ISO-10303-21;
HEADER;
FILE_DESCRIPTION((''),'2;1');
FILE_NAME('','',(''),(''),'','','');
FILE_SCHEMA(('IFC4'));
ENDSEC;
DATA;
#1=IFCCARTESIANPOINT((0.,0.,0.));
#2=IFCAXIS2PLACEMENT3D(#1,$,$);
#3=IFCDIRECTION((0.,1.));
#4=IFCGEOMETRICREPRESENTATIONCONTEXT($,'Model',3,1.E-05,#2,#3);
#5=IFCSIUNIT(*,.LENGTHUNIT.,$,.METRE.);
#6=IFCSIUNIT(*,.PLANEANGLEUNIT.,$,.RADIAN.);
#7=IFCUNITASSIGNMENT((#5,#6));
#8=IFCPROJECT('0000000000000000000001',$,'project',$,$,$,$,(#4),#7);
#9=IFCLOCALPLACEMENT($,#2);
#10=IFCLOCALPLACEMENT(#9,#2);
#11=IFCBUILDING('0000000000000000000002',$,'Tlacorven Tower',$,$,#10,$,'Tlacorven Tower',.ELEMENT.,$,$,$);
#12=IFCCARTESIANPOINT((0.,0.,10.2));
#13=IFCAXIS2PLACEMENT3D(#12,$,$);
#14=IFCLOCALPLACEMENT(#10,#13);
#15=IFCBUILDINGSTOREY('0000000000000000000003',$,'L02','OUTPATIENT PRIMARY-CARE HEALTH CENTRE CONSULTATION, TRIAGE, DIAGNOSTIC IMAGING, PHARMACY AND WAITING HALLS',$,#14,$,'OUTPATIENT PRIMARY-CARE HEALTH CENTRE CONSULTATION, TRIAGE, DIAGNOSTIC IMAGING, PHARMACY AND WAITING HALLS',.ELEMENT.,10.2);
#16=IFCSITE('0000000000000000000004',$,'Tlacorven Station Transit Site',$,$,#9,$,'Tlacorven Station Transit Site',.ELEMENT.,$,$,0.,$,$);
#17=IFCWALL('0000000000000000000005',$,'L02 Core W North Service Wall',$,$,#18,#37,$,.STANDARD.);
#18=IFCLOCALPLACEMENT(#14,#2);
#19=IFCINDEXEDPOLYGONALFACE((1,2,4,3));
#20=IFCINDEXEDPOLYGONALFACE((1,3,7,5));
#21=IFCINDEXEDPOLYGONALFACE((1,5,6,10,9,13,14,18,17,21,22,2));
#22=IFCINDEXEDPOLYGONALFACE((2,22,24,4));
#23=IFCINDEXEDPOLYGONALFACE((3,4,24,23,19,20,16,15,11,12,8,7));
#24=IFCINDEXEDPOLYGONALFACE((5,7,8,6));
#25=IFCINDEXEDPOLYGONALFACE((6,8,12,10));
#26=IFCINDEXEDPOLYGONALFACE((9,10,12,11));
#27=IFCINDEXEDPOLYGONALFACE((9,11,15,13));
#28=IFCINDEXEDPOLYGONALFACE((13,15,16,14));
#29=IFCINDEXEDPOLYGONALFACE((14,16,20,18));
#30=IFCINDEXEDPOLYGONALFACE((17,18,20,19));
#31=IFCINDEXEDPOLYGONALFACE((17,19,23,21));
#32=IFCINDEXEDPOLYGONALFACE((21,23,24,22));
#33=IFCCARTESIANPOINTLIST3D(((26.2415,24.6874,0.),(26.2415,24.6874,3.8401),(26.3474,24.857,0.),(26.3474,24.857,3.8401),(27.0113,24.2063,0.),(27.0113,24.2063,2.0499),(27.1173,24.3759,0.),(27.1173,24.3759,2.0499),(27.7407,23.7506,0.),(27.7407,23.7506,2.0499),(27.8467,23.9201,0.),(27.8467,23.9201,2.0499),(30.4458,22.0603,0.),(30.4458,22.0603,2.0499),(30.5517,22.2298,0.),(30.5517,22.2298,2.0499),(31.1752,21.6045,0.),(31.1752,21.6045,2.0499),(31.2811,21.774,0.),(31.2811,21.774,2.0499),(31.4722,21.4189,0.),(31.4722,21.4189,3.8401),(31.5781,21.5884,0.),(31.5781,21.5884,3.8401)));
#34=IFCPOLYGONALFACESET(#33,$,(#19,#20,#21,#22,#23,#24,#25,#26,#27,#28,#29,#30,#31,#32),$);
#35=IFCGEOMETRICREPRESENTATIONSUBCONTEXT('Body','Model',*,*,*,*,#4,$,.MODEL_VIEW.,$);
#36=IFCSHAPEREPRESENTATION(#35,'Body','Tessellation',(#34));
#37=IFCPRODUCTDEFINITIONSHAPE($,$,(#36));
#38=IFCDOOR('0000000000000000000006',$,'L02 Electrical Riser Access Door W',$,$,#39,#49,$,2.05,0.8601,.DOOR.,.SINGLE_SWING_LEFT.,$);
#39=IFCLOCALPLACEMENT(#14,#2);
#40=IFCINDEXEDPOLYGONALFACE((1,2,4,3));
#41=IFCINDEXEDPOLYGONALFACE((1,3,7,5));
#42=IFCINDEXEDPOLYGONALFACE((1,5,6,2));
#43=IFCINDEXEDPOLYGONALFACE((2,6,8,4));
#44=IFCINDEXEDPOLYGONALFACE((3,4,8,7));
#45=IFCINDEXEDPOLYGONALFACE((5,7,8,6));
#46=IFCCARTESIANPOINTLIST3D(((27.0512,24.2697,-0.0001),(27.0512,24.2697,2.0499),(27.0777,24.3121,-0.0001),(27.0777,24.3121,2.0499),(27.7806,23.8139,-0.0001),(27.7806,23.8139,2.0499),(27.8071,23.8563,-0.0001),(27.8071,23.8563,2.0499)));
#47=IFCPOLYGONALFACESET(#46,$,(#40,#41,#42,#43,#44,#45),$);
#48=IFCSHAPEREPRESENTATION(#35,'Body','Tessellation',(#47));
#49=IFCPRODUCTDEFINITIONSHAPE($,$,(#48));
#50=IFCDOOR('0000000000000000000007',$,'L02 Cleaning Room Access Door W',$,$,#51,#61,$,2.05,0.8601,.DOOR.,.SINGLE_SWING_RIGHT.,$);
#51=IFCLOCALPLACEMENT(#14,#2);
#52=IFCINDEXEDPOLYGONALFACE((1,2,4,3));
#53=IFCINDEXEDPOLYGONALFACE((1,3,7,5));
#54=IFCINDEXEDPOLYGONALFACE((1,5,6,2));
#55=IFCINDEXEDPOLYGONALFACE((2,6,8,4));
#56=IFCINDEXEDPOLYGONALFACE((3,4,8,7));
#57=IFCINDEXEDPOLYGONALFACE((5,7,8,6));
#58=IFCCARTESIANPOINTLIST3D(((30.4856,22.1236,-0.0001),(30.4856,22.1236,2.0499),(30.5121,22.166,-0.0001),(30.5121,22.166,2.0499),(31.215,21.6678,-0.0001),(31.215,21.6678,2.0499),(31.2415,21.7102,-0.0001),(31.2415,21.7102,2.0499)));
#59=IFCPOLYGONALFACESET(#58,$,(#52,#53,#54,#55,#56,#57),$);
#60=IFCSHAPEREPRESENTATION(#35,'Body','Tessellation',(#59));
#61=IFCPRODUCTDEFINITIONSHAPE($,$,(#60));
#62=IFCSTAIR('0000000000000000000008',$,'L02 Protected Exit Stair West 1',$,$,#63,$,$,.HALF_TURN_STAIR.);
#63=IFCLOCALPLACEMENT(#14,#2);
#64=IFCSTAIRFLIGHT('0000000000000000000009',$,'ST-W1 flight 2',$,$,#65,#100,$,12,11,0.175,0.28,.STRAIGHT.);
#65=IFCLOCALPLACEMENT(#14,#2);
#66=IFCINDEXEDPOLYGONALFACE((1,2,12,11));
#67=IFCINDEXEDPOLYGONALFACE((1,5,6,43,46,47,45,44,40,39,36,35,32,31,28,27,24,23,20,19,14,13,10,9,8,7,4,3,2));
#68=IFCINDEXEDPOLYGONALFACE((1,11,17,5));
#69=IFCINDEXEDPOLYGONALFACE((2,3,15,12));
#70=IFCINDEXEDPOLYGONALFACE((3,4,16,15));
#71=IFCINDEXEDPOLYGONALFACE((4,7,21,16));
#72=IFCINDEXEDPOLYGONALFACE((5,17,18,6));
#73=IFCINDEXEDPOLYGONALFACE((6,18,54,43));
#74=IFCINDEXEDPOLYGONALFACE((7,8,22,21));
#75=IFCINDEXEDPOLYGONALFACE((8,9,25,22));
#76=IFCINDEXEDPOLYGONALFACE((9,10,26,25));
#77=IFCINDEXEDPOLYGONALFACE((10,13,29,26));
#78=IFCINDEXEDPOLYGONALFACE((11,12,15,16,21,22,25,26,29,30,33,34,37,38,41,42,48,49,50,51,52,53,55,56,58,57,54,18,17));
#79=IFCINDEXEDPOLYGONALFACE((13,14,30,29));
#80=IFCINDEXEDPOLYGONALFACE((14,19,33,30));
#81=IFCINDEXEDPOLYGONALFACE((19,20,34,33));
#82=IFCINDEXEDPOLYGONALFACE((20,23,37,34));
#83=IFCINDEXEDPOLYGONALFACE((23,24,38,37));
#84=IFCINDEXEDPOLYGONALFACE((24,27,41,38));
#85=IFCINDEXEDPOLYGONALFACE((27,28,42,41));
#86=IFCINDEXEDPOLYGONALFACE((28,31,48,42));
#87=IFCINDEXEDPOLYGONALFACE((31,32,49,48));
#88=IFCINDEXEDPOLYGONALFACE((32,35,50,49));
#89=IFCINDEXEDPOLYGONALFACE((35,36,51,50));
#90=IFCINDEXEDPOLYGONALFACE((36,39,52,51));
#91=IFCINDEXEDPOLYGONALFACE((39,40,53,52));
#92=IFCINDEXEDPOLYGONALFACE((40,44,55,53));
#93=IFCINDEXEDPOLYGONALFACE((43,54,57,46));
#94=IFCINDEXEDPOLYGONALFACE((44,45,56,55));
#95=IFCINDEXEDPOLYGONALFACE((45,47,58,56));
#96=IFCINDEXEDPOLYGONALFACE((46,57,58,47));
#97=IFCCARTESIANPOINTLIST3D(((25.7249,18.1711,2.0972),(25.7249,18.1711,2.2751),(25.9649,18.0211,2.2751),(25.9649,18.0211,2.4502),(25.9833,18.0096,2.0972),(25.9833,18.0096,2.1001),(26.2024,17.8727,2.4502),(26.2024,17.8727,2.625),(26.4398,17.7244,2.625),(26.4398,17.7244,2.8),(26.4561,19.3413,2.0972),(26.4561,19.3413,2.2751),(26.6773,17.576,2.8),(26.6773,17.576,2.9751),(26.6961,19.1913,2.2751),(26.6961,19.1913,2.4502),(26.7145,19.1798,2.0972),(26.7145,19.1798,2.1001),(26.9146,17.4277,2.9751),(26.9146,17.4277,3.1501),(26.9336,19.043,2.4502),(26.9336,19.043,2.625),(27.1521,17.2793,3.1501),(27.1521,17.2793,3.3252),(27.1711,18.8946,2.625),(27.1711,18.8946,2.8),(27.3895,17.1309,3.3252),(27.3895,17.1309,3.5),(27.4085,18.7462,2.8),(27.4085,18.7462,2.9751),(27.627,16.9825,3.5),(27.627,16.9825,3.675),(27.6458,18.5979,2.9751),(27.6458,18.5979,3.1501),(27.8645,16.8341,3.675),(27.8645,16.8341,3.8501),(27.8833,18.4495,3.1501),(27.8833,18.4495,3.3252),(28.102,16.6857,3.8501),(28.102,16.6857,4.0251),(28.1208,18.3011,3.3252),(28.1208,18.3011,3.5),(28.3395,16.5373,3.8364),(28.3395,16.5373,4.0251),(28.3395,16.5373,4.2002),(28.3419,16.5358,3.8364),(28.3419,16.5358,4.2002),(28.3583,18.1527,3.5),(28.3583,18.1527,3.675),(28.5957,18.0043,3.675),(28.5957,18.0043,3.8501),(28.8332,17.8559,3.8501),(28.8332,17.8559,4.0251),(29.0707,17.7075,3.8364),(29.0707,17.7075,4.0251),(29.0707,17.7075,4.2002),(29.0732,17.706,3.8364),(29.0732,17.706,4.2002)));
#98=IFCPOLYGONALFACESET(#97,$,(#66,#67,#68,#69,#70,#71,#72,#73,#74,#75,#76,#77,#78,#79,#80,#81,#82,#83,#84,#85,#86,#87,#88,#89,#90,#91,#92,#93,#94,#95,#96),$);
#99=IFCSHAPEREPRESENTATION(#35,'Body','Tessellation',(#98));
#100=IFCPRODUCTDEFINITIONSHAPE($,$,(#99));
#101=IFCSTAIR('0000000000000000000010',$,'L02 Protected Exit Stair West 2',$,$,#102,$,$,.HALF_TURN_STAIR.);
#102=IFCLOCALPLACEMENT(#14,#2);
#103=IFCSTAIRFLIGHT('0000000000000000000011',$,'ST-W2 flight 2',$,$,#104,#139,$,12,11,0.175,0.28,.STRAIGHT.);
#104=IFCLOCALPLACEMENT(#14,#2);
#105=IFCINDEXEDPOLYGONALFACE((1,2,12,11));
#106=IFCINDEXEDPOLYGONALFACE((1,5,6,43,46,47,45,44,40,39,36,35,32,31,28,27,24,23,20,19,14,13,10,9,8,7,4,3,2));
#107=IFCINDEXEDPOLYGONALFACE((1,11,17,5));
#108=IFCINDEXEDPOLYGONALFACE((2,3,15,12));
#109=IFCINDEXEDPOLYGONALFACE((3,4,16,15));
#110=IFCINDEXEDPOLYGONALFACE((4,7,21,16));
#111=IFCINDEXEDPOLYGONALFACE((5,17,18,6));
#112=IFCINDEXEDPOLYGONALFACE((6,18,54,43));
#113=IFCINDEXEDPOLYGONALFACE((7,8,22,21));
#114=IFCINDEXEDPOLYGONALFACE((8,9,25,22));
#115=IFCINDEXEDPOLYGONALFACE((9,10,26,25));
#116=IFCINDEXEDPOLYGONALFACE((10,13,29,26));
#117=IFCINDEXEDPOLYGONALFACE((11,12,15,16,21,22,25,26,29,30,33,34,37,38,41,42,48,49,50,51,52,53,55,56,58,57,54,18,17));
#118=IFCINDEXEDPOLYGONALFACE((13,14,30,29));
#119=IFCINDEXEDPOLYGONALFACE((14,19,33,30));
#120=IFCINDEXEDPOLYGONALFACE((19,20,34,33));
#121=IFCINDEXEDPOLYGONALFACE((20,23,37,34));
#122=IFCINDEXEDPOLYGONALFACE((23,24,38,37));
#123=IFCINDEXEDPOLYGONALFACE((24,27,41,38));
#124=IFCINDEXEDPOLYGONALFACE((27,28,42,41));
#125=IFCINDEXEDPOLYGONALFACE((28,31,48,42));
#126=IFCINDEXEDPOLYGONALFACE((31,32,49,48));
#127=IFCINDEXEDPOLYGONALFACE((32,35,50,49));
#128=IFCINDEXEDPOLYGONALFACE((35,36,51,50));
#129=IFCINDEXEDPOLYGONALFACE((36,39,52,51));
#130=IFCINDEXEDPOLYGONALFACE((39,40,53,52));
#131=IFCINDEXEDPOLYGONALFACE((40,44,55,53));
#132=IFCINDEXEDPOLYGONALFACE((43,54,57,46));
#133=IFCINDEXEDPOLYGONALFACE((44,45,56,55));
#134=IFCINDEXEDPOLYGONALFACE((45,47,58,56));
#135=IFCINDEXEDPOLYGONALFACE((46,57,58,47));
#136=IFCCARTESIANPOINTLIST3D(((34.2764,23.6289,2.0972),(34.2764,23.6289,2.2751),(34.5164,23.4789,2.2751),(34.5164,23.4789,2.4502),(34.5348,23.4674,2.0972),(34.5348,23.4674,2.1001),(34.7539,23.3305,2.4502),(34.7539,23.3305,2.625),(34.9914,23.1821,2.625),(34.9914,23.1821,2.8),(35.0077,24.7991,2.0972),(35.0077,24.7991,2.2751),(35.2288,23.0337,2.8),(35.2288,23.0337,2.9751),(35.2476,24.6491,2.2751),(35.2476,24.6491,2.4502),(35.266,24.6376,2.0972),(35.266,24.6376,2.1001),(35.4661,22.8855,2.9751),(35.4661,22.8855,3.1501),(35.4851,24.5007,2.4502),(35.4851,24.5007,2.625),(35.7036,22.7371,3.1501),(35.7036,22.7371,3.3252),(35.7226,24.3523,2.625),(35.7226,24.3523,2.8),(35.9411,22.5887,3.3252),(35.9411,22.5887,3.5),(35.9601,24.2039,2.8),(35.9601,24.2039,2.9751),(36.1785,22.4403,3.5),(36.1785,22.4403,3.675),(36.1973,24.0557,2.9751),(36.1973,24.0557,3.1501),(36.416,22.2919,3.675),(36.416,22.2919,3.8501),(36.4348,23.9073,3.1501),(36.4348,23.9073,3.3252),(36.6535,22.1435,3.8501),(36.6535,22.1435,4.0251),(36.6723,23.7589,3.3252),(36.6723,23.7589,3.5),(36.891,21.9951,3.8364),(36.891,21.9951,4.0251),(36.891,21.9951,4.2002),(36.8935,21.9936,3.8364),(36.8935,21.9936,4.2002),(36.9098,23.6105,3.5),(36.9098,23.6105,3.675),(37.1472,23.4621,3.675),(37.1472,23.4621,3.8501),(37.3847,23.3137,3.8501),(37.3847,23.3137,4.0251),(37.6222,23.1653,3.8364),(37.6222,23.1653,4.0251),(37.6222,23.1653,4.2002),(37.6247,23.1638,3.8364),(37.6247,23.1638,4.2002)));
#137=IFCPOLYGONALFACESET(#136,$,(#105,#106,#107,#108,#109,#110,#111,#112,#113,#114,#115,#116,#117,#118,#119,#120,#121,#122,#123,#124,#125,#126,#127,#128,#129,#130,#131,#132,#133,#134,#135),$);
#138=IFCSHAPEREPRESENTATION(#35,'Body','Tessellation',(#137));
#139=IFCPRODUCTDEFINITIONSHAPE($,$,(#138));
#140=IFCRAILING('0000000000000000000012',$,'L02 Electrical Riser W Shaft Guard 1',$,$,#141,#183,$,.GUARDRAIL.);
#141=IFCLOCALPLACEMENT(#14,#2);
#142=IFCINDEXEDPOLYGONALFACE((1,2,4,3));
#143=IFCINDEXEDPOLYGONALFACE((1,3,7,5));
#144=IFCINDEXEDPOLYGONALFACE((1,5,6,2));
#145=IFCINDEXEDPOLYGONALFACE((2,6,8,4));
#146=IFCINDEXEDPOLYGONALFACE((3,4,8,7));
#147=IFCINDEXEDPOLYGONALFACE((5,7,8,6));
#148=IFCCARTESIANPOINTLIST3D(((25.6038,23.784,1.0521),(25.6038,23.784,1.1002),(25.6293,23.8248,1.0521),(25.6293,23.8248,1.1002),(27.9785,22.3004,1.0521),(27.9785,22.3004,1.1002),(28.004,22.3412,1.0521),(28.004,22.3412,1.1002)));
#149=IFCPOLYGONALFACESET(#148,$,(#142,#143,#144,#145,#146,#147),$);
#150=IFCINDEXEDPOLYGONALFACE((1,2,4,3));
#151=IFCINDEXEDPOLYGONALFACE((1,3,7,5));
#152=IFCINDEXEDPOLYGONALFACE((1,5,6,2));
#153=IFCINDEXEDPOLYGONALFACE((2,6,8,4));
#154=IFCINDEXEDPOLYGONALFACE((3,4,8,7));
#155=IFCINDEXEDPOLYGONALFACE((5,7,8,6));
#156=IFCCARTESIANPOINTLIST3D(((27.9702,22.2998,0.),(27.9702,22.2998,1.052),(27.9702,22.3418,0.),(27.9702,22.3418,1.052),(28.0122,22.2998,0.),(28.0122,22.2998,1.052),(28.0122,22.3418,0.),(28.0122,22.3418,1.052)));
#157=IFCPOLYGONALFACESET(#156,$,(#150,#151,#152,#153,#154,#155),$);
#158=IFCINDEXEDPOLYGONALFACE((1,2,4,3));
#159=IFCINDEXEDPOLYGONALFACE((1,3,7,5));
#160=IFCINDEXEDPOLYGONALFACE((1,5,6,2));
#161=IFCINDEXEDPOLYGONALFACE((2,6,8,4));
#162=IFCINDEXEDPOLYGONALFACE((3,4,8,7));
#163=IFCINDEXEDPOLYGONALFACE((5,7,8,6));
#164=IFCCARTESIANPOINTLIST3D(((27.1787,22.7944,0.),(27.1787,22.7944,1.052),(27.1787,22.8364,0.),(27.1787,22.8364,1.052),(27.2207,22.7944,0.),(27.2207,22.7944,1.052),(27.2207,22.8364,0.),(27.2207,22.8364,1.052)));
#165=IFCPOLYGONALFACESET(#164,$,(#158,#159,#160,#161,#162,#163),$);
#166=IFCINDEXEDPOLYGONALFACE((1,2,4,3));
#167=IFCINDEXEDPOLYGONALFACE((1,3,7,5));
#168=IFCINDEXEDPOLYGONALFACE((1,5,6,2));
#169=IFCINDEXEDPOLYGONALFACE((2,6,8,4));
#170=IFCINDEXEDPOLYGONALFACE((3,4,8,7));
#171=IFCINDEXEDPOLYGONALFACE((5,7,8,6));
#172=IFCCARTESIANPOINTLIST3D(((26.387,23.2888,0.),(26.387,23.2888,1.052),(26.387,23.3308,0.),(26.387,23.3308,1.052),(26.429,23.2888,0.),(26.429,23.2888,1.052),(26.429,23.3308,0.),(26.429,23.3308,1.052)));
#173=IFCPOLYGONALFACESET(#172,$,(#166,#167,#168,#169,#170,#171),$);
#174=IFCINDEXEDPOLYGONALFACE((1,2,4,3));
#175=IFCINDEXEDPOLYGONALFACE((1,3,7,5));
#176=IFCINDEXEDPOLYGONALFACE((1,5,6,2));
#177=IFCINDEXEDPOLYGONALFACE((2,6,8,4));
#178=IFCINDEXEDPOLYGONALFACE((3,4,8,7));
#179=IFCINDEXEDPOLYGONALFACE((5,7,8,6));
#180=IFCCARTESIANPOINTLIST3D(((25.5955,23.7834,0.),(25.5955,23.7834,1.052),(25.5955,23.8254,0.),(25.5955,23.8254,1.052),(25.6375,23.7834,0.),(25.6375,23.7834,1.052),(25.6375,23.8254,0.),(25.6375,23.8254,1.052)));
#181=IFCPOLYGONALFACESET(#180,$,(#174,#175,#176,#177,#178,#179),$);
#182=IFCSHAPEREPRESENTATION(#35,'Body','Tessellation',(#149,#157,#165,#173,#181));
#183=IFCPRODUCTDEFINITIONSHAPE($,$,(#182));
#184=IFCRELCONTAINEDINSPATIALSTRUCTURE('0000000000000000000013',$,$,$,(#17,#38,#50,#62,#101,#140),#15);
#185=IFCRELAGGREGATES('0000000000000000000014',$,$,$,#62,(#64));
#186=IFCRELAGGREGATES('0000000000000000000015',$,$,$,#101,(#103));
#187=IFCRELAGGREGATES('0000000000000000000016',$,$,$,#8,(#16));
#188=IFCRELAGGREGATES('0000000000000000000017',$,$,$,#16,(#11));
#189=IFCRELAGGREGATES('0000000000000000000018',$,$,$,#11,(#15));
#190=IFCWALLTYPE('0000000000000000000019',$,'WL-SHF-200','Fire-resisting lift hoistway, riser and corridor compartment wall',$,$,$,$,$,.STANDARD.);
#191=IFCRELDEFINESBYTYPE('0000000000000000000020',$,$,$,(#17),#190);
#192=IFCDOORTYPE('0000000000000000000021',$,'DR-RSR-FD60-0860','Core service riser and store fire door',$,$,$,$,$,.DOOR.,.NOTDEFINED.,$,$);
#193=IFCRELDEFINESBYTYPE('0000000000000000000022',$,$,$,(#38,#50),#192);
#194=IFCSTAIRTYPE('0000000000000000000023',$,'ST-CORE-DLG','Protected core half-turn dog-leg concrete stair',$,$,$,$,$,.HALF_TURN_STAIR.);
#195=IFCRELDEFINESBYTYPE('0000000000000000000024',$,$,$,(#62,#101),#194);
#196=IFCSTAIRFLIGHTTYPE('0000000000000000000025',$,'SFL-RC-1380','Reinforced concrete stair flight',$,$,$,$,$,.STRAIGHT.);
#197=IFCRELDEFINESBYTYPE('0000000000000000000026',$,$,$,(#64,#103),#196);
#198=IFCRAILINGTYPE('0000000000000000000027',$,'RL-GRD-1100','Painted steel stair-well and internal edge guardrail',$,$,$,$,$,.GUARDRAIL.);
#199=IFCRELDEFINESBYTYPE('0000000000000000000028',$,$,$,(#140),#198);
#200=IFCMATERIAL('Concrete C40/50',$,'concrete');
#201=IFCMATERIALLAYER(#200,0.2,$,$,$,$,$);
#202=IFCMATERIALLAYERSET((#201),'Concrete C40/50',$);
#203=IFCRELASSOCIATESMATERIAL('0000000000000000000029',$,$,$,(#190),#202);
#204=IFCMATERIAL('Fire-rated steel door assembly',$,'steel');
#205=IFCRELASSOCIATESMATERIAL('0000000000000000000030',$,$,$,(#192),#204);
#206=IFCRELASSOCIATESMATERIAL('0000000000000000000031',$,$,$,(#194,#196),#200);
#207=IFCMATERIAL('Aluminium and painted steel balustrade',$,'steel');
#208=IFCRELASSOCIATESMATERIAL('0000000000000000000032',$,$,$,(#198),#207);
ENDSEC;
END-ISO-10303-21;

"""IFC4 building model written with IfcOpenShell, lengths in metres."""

from ifc_helpers import new_model, si_unit, direction, frame, frame_2d, origin, origin_2d, place, context, subcontext, project, spatial, polyline, rectangle, outline, extrude, source, transform, mapped, material, layer, layer_set, type_object, element, fill, aggregate, save


model = new_model("IFC4")

# Units and contexts
model_context = context("Model", 3, precision=1e-05, world=origin(), true_north=direction((0.0, 1.0)))
body_context = subcontext(model_context, "Body", "Model", "MODEL_VIEW")
ifc_project = project(units=[si_unit("LENGTHUNIT", "METRE"), si_unit("PLANEANGLEUNIT", "RADIAN")], contexts=[model_context])

# Site, building, storey
site_placement = place(None, origin())
site = spatial("IfcSite", under=ifc_project, at=site_placement, Name="Tlacorven Station Transit Site", LongName="Tlacorven Station Transit Site", CompositionType="ELEMENT", RefElevation=0.0)
building_placement = place(site_placement, origin())
building = spatial("IfcBuilding", under=site, at=building_placement, Name="Tlacorven Tower", LongName="Tlacorven Tower", CompositionType="ELEMENT")
storey_placement = place(building_placement, frame((0.0, 0.0, 10.2)))
storey = spatial("IfcBuildingStorey", under=building, at=storey_placement, Name="L02", Description="OUTPATIENT PRIMARY-CARE HEALTH CENTRE CONSULTATION, TRIAGE, DIAGNOSTIC IMAGING, PHARMACY AND WAITING HALLS", LongName="OUTPATIENT PRIMARY-CARE HEALTH CENTRE CONSULTATION, TRIAGE, DIAGNOSTIC IMAGING, PHARMACY AND WAITING HALLS", CompositionType="ELEMENT", Elevation=10.2)

# Shared definitions
ifc_material_1 = material(Name="Concrete C40/50", Category="concrete")
ifc_layer_1 = layer(ifc_material_1, 0.2)
ifc_layer_set_1 = layer_set([ifc_layer_1], Name="Concrete C40/50")
wall_type_1 = type_object("IfcWallType", Name="WL-SHF-200", Description="Fire-resisting lift hoistway, riser and corridor compartment wall", PredefinedType="STANDARD", material=ifc_layer_set_1)

# Wall, openings, doors
wall_1_placement = place(storey_placement, frame((31.5251, 21.5037, 0.0), z_axis=(0.0, 0.0, 1.0), x_axis=(-0.848045, 0.529924, 0.0)))
wall_1 = element("IfcWall", 1, at=wall_1_placement, inside=storey, type_object=wall_type_1, Name="L02 Core W North Service Wall", PredefinedType="STANDARD", context=body_context, shape_type="SweptSolid", body=[
    extrude(rectangle(XDim=6.168, YDim=0.2, at=frame_2d((3.084, 0.0))), origin(), (0.0, 0.0, 1.0), 3.8401),
])
opening_1_placement = place(wall_1_placement, frame((4.3999, 0.0, 0.0)))
opening_1 = element("IfcOpeningElement", 2, at=opening_1_placement, cuts=wall_1, PredefinedType="OPENING", context=body_context, shape_type="SweptSolid", body=[
    extrude(rectangle(XDim=0.8601, YDim=2.05, at=frame_2d((0.4302, 1.0249))), frame((0.0, 0.1099, 0.0), z_axis=(0.0, -1.0, 0.0), x_axis=(1.0, 0.0, 0.0)), (0.0, 0.0, 1.0), 0.22),
])
opening_2_placement = place(wall_1_placement, frame((0.3501, 0.0, 0.0)))
opening_2 = element("IfcOpeningElement", 3, at=opening_2_placement, cuts=wall_1, PredefinedType="OPENING", context=body_context, shape_type="SweptSolid", body=[
    extrude(rectangle(XDim=0.8601, YDim=2.05, at=frame_2d((0.4302, 1.0249))), frame((0.0, 0.1099, 0.0), z_axis=(0.0, -1.0, 0.0), x_axis=(1.0, 0.0, 0.0)), (0.0, 0.0, 1.0), 0.22),
])
ifc_material_2 = material(Name="Fire-rated steel door assembly", Category="steel")
door_type_1 = type_object("IfcDoorType", Name="DR-RSR-FD60-0860", Description="Core service riser and store fire door", OperationType="NOTDEFINED", PredefinedType="DOOR", material=ifc_material_2)
shared_shape_1 = source(origin(), body_context, "Body", "SweptSolid", [
    extrude(rectangle(XDim=0.8601, YDim=2.05, at=frame_2d((0.4302, 1.0249))), frame((0.0, 0.0249, 0.0), z_axis=(0.0, -1.0, 0.0), x_axis=(1.0, 0.0, 0.0)), (0.0, 0.0, 1.0), 0.05),
])
door_1_placement = place(opening_1_placement, frame((0.8601, 0.0, 0.0), z_axis=(0.0, 0.0, 1.0), x_axis=(-1.0, 0.0, 0.0)))
door_1 = element("IfcDoor", 4, at=door_1_placement, inside=storey, type_object=door_type_1, Name="L02 Electrical Riser Access Door W", OperationType="SINGLE_SWING_LEFT", OverallHeight=2.05, OverallWidth=0.8601, PredefinedType="DOOR", context=body_context, shape_type="MappedRepresentation", body=[
    mapped(shared_shape_1, transform((0.0, 0.0, 0.0), scale=1.0)),
])
fill(opening_1, door_1)
door_2_placement = place(opening_2_placement, frame((0.8601, 0.0, 0.0), z_axis=(0.0, 0.0, 1.0), x_axis=(-1.0, 0.0, 0.0)))
door_2 = element("IfcDoor", 5, at=door_2_placement, inside=storey, type_object=door_type_1, Name="L02 Cleaning Room Access Door W", OperationType="SINGLE_SWING_RIGHT", OverallHeight=2.05, OverallWidth=0.8601, PredefinedType="DOOR", context=body_context, shape_type="MappedRepresentation", body=[
    mapped(shared_shape_1, transform((0.0, 0.0, 0.0), scale=1.0)),
])
fill(opening_2, door_2)

# Stairs, stair flights
stair_type = type_object("IfcStairType", Name="ST-CORE-DLG", Description="Protected core half-turn dog-leg concrete stair", PredefinedType="HALF_TURN_STAIR", material=ifc_material_1)
stair_1_placement = place(storey_placement, origin())
stair_1 = element("IfcStair", 6, at=stair_1_placement, inside=storey, type_object=stair_type, Name="L02 Protected Exit Stair West 1", PredefinedType="HALF_TURN_STAIR")
stair_flight_type = type_object("IfcStairFlightType", Name="SFL-RC-1380", Description="Reinforced concrete stair flight", PredefinedType="STRAIGHT", material=ifc_material_1)
shared_shape_2 = source(origin(), body_context, "Body", "SweptSolid", [
    extrude(outline(polyline([(-0.0029, -0.0029), (-0.0029, 0.175), (0.28, 0.175), (0.28, 0.3501), (0.5601, 0.3501), (0.5601, 0.5249), (0.8401, 0.5249), (0.8401, 0.7), (1.1201, 0.7), (1.1201, 0.875), (1.3999, 0.875), (1.3999, 1.05), (1.6799, 1.05), (1.6799, 1.2251), (1.96, 1.2251), (1.96, 1.3999), (2.24, 1.3999), (2.24, 1.575), (2.52, 1.575), (2.52, 1.75), (2.8, 1.75), (2.8, 1.925), (3.0801, 1.925), (3.0801, 2.1001), (3.083, 2.1001), (3.083, 1.7363), (3.0801, 1.7363), (0.3018, 0.0), (0.3018, -0.0029), (-0.0029, -0.0029)])), frame((0.0, 0.6899, 0.0), z_axis=(0.0, -1.0, 0.0), x_axis=(1.0, 0.0, 0.0)), (0.0, 0.0, 1.0), 1.3799),
])
stair_flight_1_placement = place(storey_placement, frame((26.093, 18.7546, 2.1001), z_axis=(0.0, 0.0, 1.0), x_axis=(0.848048, -0.529919, 0.0)))
stair_flight_1 = element("IfcStairFlight", 7, at=stair_flight_1_placement, type_object=stair_flight_type, Name="ST-W1 flight 2", NumberOfRisers=12, NumberOfTreads=11, PredefinedType="STRAIGHT", RiserHeight=0.175, TreadLength=0.28, context=body_context, shape_type="MappedRepresentation", body=[
    mapped(shared_shape_2, transform((0.0, 0.0, 0.0), scale=1.0)),
])
aggregate(stair_1, [stair_flight_1])
stair_2_placement = place(storey_placement, origin())
stair_2 = element("IfcStair", 8, at=stair_2_placement, inside=storey, type_object=stair_type, Name="L02 Protected Exit Stair West 2", PredefinedType="HALF_TURN_STAIR")
stair_flight_2_placement = place(storey_placement, frame((34.6445, 24.2124, 2.1001), z_axis=(0.0, 0.0, 1.0), x_axis=(0.848048, -0.529919, 0.0)))
stair_flight_2 = element("IfcStairFlight", 9, at=stair_flight_2_placement, type_object=stair_flight_type, Name="ST-W2 flight 2", NumberOfRisers=12, NumberOfTreads=11, PredefinedType="STRAIGHT", RiserHeight=0.175, TreadLength=0.28, context=body_context, shape_type="MappedRepresentation", body=[
    mapped(shared_shape_2, transform((0.0, 0.0, 0.0), scale=1.0)),
])
aggregate(stair_2, [stair_flight_2])

# Railing
ifc_material_3 = material(Name="Aluminium and painted steel balustrade", Category="steel")
railing_type_1 = type_object("IfcRailingType", Name="RL-GRD-1100", Description="Painted steel stair-well and internal edge guardrail", PredefinedType="GUARDRAIL", material=ifc_material_3)
shared_shape_3 = source(origin(), body_context, "Body", "SweptSolid", [
    extrude(rectangle(XDim=0.0481, YDim=0.0481, at=origin_2d()), frame((0.0, 0.0, 1.0762), z_axis=(-0.848091, 0.52985, 0.0), x_axis=(-0.52985, -0.848091, 0.0)), (0.0, 0.0, 1.0), 2.8),
    extrude(rectangle(XDim=0.042, YDim=0.042, at=origin_2d()), origin(), (0.0, 0.0, 1.0), 1.052),
    extrude(rectangle(XDim=0.042, YDim=0.042, at=origin_2d()), frame((-0.7915, 0.4946, 0.0)), (0.0, 0.0, 1.0), 1.052),
    extrude(rectangle(XDim=0.042, YDim=0.042, at=origin_2d()), frame((-1.5833, 0.989, 0.0)), (0.0, 0.0, 1.0), 1.052),
    extrude(rectangle(XDim=0.042, YDim=0.042, at=origin_2d()), frame((-2.3748, 1.4836, 0.0)), (0.0, 0.0, 1.0), 1.052),
])
railing_1_placement = place(storey_placement, frame((27.9912, 22.3208, 0.0)))
element("IfcRailing", 10, at=railing_1_placement, inside=storey, type_object=railing_type_1, Name="L02 Electrical Riser W Shaft Guard 1", PredefinedType="GUARDRAIL", context=body_context, shape_type="MappedRepresentation", body=[
    mapped(shared_shape_3, transform((0.0, 0.0, 0.0), scale=1.0)),
])

save(model, "model.ifc")
